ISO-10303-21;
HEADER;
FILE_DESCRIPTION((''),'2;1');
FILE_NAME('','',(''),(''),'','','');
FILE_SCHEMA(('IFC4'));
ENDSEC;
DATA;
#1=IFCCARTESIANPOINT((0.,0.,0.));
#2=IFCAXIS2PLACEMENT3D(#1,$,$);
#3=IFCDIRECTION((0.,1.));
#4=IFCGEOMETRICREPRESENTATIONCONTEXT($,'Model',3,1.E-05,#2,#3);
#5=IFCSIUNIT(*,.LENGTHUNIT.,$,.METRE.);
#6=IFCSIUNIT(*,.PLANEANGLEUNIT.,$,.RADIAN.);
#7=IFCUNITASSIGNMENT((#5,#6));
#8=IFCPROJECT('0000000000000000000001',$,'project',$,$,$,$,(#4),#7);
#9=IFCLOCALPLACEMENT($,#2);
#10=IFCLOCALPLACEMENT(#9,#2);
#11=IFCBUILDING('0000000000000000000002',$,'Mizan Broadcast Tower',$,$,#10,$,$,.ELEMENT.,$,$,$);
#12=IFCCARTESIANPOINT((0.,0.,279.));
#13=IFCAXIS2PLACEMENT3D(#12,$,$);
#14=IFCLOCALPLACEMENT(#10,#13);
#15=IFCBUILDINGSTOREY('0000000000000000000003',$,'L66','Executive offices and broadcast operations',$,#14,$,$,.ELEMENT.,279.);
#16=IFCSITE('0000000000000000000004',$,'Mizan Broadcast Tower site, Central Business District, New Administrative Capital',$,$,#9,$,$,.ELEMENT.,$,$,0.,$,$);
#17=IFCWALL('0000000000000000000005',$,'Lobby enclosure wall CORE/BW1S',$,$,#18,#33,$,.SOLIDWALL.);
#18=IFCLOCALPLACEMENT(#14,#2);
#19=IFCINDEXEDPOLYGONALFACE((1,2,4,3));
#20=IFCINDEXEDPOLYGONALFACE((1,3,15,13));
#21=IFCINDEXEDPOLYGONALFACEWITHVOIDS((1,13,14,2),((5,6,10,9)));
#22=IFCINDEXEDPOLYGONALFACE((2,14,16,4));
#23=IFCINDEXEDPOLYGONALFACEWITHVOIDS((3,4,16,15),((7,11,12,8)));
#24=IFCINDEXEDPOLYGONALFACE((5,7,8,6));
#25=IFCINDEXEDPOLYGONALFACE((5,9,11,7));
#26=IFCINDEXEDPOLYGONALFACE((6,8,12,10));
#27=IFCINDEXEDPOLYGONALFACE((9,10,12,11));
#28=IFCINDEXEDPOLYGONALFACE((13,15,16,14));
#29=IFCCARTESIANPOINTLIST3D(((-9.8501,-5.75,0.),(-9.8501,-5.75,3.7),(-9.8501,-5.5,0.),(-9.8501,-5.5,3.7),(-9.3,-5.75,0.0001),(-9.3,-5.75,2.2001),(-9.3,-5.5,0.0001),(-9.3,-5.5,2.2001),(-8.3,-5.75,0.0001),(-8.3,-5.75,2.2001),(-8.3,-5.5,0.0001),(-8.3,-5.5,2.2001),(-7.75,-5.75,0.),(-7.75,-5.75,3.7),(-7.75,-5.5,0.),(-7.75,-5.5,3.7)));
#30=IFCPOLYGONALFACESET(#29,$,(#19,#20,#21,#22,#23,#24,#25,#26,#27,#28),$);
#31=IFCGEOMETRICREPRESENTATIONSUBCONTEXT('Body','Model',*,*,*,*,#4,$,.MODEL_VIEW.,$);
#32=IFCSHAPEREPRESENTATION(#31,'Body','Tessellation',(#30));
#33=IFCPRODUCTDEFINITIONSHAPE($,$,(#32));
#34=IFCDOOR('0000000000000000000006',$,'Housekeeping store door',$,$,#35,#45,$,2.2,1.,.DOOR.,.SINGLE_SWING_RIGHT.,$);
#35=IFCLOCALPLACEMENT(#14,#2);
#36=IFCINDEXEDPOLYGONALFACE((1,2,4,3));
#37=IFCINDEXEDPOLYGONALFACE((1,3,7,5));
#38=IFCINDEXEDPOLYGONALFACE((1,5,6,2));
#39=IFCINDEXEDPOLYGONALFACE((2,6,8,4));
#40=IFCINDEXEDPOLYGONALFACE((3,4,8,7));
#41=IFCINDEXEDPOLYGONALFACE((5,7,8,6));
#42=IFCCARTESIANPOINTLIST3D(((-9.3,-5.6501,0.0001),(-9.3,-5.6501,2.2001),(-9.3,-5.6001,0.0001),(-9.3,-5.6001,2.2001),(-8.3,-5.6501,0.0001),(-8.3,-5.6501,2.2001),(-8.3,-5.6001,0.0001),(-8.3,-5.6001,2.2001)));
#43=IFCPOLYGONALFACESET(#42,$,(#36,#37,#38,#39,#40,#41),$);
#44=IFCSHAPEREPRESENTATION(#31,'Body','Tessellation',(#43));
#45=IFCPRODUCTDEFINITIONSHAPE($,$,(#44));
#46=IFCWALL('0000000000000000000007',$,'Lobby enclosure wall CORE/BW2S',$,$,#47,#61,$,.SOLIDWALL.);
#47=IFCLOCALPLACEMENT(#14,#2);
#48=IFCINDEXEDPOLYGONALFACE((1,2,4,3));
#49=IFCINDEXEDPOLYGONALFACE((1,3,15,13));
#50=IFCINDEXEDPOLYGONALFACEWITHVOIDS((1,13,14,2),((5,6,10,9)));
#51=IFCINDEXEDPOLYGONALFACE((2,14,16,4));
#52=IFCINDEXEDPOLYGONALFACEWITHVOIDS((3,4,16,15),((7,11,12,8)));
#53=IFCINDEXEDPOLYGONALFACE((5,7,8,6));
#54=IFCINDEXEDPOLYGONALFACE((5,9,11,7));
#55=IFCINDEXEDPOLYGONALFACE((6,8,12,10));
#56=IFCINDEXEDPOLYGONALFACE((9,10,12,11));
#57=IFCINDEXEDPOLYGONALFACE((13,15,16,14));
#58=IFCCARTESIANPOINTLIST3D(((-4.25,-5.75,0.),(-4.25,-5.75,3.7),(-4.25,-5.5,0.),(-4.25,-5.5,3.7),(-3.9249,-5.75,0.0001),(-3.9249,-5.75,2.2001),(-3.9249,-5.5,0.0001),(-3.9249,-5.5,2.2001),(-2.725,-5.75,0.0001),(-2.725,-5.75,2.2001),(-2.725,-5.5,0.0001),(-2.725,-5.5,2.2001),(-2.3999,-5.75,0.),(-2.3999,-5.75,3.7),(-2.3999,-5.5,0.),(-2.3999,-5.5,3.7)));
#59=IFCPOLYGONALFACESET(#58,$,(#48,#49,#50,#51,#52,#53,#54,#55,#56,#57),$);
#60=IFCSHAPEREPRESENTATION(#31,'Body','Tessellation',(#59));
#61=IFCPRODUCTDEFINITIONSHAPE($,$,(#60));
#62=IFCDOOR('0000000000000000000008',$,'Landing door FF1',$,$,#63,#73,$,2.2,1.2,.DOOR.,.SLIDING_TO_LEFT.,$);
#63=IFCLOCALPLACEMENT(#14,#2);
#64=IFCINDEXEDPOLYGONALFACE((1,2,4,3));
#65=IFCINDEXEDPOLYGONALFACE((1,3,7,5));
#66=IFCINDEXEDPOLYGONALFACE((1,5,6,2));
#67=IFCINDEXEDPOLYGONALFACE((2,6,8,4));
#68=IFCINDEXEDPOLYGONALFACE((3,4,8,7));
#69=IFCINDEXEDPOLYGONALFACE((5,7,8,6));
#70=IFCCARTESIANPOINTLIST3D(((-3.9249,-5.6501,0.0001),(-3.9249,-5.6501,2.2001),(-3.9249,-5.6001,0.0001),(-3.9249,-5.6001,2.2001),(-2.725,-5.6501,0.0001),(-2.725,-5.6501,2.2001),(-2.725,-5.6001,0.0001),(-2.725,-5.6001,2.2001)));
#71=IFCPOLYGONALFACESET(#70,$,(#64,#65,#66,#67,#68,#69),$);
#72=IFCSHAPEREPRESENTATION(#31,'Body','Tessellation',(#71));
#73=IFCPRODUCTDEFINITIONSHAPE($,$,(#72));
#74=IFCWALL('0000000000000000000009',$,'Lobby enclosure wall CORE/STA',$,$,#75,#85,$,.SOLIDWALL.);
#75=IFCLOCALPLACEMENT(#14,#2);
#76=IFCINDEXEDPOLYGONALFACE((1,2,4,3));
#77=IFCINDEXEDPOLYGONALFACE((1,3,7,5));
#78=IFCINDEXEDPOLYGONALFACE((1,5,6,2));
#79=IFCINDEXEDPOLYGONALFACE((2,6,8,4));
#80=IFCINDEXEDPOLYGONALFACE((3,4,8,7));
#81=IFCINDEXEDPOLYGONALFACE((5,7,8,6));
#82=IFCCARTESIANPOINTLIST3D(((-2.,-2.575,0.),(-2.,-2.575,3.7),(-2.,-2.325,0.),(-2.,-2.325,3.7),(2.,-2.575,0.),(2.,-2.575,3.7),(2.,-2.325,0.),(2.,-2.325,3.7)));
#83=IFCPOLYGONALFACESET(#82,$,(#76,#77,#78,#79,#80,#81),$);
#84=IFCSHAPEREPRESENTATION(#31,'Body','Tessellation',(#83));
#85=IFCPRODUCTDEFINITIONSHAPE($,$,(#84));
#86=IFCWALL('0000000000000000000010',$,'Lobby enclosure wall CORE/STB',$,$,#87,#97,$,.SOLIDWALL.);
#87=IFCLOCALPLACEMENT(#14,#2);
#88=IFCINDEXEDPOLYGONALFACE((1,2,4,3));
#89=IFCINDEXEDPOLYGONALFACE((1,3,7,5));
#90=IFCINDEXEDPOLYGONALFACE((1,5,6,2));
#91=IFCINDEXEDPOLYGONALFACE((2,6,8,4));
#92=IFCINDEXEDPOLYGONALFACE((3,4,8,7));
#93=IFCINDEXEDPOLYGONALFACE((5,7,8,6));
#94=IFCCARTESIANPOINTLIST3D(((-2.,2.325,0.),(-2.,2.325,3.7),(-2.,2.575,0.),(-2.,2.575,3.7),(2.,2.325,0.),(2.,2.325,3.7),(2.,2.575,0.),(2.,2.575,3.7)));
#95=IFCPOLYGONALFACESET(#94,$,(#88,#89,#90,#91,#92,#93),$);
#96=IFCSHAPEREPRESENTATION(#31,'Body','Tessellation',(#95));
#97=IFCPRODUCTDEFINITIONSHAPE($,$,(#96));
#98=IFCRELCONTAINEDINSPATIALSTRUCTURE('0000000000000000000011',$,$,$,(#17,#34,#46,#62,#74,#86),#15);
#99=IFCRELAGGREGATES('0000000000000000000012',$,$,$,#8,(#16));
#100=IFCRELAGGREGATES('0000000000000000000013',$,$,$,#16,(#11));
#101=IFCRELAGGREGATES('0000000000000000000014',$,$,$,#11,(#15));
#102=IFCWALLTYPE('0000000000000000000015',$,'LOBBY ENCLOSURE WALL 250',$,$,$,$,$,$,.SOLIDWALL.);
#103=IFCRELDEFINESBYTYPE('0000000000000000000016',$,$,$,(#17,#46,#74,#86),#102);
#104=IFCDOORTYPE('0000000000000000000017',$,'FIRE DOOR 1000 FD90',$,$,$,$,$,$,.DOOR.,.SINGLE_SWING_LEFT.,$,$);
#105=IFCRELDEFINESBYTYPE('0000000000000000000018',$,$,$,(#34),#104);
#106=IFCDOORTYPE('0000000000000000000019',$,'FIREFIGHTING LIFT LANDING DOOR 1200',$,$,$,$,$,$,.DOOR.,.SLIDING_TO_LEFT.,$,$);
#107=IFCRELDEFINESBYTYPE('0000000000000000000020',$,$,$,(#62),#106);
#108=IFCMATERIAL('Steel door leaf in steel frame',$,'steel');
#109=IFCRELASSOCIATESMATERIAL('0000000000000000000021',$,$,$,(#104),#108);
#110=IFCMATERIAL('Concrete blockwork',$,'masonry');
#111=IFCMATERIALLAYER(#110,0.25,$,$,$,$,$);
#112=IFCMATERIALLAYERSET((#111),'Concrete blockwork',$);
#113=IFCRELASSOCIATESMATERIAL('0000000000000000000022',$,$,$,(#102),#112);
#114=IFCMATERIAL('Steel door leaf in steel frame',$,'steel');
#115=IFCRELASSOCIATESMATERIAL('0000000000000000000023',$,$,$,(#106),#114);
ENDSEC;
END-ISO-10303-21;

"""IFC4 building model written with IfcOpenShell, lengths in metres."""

from ifc_helpers import new_model, si_unit, direction, frame, frame_2d, origin, place, context, subcontext, project, spatial, rectangle, extrude, material, layer, layer_set, type_object, element, fill, save


model = new_model("IFC4")

# Units and contexts
model_context = context("Model", 3, precision=1e-05, world=origin(), true_north=direction((0.0, 1.0)))
body_context = subcontext(model_context, "Body", "Model", "MODEL_VIEW")
ifc_project = project(units=[si_unit("LENGTHUNIT", "METRE"), si_unit("PLANEANGLEUNIT", "RADIAN")], contexts=[model_context])

# Site, building, storey
site_placement = place(None, origin())
site = spatial("IfcSite", under=ifc_project, at=site_placement, Name="Mizan Broadcast Tower site, Central Business District, New Administrative Capital", CompositionType="ELEMENT", RefElevation=0.0)
building_placement = place(site_placement, origin())
building = spatial("IfcBuilding", under=site, at=building_placement, Name="Mizan Broadcast Tower", CompositionType="ELEMENT")
storey_placement = place(building_placement, frame((0.0, 0.0, 279.0)))
storey = spatial("IfcBuildingStorey", under=building, at=storey_placement, Name="L66", Description="Executive offices and broadcast operations", CompositionType="ELEMENT", Elevation=279.0)

# Shared definitions
ifc_material_1 = material(Name="Steel door leaf in steel frame", Category="steel")
door_type_1 = type_object("IfcDoorType", Name="FIRE DOOR 1000 FD90", OperationType="SINGLE_SWING_LEFT", PredefinedType="DOOR", material=ifc_material_1)

# Walls, openings, doors
ifc_material_2 = material(Name="Concrete blockwork", Category="masonry")
ifc_layer_1 = layer(ifc_material_2, 0.25)
ifc_layer_set_1 = layer_set([ifc_layer_1], Name="Concrete blockwork")
wall_type_1 = type_object("IfcWallType", Name="LOBBY ENCLOSURE WALL 250", PredefinedType="SOLIDWALL", material=ifc_layer_set_1)
wall_1_placement = place(storey_placement, frame((-9.8501, -5.625, 0.0), z_axis=(0.0, 0.0, 1.0), x_axis=(1.0, 0.0, 0.0)))
wall_1 = element("IfcWall", 1, at=wall_1_placement, inside=storey, type_object=wall_type_1, Name="Lobby enclosure wall CORE/BW1S", PredefinedType="SOLIDWALL", context=body_context, shape_type="SweptSolid", body=[
    extrude(rectangle(XDim=2.1001, YDim=0.25, at=frame_2d((1.05, 0.0))), origin(), (0.0, 0.0, 1.0), 3.7),
])
opening_1_placement = place(wall_1_placement, frame((0.55, 0.0, 0.0)))
opening_1 = element("IfcOpeningElement", 2, at=opening_1_placement, cuts=wall_1, PredefinedType="OPENING", context=body_context, shape_type="SweptSolid", body=[
    extrude(rectangle(XDim=1.0, YDim=2.2, at=frame_2d((0.5, 1.1001))), frame((0.0, 0.135, 0.0), z_axis=(0.0, -1.0, 0.0), x_axis=(1.0, 0.0, 0.0)), (0.0, 0.0, 1.0), 0.27),
])
door_1_placement = place(opening_1_placement, origin())
door_1 = element("IfcDoor", 3, at=door_1_placement, inside=storey, type_object=door_type_1, Name="Housekeeping store door", OperationType="SINGLE_SWING_RIGHT", OverallHeight=2.2, OverallWidth=1.0, PredefinedType="DOOR", context=body_context, shape_type="SweptSolid", body=[
    extrude(rectangle(XDim=1.0, YDim=2.2, at=frame_2d((0.5, 1.1001))), frame((0.0, 0.0249, 0.0), z_axis=(0.0, -1.0, 0.0), x_axis=(1.0, 0.0, 0.0)), (0.0, 0.0, 1.0), 0.05),
])
fill(opening_1, door_1)
wall_2_placement = place(storey_placement, frame((-4.25, -5.625, 0.0), z_axis=(0.0, 0.0, 1.0), x_axis=(1.0, 0.0, 0.0)))
wall_2 = element("IfcWall", 4, at=wall_2_placement, inside=storey, type_object=wall_type_1, Name="Lobby enclosure wall CORE/BW2S", PredefinedType="SOLIDWALL", context=body_context, shape_type="SweptSolid", body=[
    extrude(rectangle(XDim=1.8501, YDim=0.25, at=frame_2d((0.925, 0.0))), origin(), (0.0, 0.0, 1.0), 3.7),
])
opening_2_placement = place(wall_2_placement, frame((0.325, 0.0, 0.0)))
opening_2 = element("IfcOpeningElement", 5, at=opening_2_placement, cuts=wall_2, PredefinedType="OPENING", context=body_context, shape_type="SweptSolid", body=[
    extrude(rectangle(XDim=1.2, YDim=2.2, at=frame_2d((0.6001, 1.1001))), frame((0.0, 0.135, 0.0), z_axis=(0.0, -1.0, 0.0), x_axis=(1.0, 0.0, 0.0)), (0.0, 0.0, 1.0), 0.27),
])
ifc_material_3 = material(Name="Steel door leaf in steel frame", Category="steel")
door_type_2 = type_object("IfcDoorType", Name="FIREFIGHTING LIFT LANDING DOOR 1200", OperationType="SLIDING_TO_LEFT", PredefinedType="DOOR", material=ifc_material_3)
door_2_placement = place(opening_2_placement, origin())
door_2 = element("IfcDoor", 6, at=door_2_placement, inside=storey, type_object=door_type_2, Name="Landing door FF1", OperationType="SLIDING_TO_LEFT", OverallHeight=2.2, OverallWidth=1.2, PredefinedType="DOOR", context=body_context, shape_type="SweptSolid", body=[
    extrude(rectangle(XDim=1.2, YDim=2.2, at=frame_2d((0.6001, 1.1001))), frame((0.0, 0.0249, 0.0), z_axis=(0.0, -1.0, 0.0), x_axis=(1.0, 0.0, 0.0)), (0.0, 0.0, 1.0), 0.05),
])
fill(opening_2, door_2)

# Walls
for number, where, z_axis, x_axis, name in (
    (7, (-2.0, -2.45, 0.0), (0.0, 0.0, 1.0), (1.0, 0.0, 0.0), "Lobby enclosure wall CORE/STA"),
    (8, (-2.0, 2.45, 0.0), (0.0, 0.0, 1.0), (1.0, 0.0, 0.0), "Lobby enclosure wall CORE/STB"),
):
    element("IfcWall", number, at=place(storey_placement, frame(where, z_axis=z_axis, x_axis=x_axis)), inside=storey, type_object=wall_type_1, Name=name, PredefinedType="SOLIDWALL", context=body_context, shape_type="SweptSolid", body=[
        extrude(rectangle(XDim=4.0, YDim=0.25, at=frame_2d((2.0, 0.0))), origin(), (0.0, 0.0, 1.0), 3.7),
    ])

save(model, "model.ifc")
